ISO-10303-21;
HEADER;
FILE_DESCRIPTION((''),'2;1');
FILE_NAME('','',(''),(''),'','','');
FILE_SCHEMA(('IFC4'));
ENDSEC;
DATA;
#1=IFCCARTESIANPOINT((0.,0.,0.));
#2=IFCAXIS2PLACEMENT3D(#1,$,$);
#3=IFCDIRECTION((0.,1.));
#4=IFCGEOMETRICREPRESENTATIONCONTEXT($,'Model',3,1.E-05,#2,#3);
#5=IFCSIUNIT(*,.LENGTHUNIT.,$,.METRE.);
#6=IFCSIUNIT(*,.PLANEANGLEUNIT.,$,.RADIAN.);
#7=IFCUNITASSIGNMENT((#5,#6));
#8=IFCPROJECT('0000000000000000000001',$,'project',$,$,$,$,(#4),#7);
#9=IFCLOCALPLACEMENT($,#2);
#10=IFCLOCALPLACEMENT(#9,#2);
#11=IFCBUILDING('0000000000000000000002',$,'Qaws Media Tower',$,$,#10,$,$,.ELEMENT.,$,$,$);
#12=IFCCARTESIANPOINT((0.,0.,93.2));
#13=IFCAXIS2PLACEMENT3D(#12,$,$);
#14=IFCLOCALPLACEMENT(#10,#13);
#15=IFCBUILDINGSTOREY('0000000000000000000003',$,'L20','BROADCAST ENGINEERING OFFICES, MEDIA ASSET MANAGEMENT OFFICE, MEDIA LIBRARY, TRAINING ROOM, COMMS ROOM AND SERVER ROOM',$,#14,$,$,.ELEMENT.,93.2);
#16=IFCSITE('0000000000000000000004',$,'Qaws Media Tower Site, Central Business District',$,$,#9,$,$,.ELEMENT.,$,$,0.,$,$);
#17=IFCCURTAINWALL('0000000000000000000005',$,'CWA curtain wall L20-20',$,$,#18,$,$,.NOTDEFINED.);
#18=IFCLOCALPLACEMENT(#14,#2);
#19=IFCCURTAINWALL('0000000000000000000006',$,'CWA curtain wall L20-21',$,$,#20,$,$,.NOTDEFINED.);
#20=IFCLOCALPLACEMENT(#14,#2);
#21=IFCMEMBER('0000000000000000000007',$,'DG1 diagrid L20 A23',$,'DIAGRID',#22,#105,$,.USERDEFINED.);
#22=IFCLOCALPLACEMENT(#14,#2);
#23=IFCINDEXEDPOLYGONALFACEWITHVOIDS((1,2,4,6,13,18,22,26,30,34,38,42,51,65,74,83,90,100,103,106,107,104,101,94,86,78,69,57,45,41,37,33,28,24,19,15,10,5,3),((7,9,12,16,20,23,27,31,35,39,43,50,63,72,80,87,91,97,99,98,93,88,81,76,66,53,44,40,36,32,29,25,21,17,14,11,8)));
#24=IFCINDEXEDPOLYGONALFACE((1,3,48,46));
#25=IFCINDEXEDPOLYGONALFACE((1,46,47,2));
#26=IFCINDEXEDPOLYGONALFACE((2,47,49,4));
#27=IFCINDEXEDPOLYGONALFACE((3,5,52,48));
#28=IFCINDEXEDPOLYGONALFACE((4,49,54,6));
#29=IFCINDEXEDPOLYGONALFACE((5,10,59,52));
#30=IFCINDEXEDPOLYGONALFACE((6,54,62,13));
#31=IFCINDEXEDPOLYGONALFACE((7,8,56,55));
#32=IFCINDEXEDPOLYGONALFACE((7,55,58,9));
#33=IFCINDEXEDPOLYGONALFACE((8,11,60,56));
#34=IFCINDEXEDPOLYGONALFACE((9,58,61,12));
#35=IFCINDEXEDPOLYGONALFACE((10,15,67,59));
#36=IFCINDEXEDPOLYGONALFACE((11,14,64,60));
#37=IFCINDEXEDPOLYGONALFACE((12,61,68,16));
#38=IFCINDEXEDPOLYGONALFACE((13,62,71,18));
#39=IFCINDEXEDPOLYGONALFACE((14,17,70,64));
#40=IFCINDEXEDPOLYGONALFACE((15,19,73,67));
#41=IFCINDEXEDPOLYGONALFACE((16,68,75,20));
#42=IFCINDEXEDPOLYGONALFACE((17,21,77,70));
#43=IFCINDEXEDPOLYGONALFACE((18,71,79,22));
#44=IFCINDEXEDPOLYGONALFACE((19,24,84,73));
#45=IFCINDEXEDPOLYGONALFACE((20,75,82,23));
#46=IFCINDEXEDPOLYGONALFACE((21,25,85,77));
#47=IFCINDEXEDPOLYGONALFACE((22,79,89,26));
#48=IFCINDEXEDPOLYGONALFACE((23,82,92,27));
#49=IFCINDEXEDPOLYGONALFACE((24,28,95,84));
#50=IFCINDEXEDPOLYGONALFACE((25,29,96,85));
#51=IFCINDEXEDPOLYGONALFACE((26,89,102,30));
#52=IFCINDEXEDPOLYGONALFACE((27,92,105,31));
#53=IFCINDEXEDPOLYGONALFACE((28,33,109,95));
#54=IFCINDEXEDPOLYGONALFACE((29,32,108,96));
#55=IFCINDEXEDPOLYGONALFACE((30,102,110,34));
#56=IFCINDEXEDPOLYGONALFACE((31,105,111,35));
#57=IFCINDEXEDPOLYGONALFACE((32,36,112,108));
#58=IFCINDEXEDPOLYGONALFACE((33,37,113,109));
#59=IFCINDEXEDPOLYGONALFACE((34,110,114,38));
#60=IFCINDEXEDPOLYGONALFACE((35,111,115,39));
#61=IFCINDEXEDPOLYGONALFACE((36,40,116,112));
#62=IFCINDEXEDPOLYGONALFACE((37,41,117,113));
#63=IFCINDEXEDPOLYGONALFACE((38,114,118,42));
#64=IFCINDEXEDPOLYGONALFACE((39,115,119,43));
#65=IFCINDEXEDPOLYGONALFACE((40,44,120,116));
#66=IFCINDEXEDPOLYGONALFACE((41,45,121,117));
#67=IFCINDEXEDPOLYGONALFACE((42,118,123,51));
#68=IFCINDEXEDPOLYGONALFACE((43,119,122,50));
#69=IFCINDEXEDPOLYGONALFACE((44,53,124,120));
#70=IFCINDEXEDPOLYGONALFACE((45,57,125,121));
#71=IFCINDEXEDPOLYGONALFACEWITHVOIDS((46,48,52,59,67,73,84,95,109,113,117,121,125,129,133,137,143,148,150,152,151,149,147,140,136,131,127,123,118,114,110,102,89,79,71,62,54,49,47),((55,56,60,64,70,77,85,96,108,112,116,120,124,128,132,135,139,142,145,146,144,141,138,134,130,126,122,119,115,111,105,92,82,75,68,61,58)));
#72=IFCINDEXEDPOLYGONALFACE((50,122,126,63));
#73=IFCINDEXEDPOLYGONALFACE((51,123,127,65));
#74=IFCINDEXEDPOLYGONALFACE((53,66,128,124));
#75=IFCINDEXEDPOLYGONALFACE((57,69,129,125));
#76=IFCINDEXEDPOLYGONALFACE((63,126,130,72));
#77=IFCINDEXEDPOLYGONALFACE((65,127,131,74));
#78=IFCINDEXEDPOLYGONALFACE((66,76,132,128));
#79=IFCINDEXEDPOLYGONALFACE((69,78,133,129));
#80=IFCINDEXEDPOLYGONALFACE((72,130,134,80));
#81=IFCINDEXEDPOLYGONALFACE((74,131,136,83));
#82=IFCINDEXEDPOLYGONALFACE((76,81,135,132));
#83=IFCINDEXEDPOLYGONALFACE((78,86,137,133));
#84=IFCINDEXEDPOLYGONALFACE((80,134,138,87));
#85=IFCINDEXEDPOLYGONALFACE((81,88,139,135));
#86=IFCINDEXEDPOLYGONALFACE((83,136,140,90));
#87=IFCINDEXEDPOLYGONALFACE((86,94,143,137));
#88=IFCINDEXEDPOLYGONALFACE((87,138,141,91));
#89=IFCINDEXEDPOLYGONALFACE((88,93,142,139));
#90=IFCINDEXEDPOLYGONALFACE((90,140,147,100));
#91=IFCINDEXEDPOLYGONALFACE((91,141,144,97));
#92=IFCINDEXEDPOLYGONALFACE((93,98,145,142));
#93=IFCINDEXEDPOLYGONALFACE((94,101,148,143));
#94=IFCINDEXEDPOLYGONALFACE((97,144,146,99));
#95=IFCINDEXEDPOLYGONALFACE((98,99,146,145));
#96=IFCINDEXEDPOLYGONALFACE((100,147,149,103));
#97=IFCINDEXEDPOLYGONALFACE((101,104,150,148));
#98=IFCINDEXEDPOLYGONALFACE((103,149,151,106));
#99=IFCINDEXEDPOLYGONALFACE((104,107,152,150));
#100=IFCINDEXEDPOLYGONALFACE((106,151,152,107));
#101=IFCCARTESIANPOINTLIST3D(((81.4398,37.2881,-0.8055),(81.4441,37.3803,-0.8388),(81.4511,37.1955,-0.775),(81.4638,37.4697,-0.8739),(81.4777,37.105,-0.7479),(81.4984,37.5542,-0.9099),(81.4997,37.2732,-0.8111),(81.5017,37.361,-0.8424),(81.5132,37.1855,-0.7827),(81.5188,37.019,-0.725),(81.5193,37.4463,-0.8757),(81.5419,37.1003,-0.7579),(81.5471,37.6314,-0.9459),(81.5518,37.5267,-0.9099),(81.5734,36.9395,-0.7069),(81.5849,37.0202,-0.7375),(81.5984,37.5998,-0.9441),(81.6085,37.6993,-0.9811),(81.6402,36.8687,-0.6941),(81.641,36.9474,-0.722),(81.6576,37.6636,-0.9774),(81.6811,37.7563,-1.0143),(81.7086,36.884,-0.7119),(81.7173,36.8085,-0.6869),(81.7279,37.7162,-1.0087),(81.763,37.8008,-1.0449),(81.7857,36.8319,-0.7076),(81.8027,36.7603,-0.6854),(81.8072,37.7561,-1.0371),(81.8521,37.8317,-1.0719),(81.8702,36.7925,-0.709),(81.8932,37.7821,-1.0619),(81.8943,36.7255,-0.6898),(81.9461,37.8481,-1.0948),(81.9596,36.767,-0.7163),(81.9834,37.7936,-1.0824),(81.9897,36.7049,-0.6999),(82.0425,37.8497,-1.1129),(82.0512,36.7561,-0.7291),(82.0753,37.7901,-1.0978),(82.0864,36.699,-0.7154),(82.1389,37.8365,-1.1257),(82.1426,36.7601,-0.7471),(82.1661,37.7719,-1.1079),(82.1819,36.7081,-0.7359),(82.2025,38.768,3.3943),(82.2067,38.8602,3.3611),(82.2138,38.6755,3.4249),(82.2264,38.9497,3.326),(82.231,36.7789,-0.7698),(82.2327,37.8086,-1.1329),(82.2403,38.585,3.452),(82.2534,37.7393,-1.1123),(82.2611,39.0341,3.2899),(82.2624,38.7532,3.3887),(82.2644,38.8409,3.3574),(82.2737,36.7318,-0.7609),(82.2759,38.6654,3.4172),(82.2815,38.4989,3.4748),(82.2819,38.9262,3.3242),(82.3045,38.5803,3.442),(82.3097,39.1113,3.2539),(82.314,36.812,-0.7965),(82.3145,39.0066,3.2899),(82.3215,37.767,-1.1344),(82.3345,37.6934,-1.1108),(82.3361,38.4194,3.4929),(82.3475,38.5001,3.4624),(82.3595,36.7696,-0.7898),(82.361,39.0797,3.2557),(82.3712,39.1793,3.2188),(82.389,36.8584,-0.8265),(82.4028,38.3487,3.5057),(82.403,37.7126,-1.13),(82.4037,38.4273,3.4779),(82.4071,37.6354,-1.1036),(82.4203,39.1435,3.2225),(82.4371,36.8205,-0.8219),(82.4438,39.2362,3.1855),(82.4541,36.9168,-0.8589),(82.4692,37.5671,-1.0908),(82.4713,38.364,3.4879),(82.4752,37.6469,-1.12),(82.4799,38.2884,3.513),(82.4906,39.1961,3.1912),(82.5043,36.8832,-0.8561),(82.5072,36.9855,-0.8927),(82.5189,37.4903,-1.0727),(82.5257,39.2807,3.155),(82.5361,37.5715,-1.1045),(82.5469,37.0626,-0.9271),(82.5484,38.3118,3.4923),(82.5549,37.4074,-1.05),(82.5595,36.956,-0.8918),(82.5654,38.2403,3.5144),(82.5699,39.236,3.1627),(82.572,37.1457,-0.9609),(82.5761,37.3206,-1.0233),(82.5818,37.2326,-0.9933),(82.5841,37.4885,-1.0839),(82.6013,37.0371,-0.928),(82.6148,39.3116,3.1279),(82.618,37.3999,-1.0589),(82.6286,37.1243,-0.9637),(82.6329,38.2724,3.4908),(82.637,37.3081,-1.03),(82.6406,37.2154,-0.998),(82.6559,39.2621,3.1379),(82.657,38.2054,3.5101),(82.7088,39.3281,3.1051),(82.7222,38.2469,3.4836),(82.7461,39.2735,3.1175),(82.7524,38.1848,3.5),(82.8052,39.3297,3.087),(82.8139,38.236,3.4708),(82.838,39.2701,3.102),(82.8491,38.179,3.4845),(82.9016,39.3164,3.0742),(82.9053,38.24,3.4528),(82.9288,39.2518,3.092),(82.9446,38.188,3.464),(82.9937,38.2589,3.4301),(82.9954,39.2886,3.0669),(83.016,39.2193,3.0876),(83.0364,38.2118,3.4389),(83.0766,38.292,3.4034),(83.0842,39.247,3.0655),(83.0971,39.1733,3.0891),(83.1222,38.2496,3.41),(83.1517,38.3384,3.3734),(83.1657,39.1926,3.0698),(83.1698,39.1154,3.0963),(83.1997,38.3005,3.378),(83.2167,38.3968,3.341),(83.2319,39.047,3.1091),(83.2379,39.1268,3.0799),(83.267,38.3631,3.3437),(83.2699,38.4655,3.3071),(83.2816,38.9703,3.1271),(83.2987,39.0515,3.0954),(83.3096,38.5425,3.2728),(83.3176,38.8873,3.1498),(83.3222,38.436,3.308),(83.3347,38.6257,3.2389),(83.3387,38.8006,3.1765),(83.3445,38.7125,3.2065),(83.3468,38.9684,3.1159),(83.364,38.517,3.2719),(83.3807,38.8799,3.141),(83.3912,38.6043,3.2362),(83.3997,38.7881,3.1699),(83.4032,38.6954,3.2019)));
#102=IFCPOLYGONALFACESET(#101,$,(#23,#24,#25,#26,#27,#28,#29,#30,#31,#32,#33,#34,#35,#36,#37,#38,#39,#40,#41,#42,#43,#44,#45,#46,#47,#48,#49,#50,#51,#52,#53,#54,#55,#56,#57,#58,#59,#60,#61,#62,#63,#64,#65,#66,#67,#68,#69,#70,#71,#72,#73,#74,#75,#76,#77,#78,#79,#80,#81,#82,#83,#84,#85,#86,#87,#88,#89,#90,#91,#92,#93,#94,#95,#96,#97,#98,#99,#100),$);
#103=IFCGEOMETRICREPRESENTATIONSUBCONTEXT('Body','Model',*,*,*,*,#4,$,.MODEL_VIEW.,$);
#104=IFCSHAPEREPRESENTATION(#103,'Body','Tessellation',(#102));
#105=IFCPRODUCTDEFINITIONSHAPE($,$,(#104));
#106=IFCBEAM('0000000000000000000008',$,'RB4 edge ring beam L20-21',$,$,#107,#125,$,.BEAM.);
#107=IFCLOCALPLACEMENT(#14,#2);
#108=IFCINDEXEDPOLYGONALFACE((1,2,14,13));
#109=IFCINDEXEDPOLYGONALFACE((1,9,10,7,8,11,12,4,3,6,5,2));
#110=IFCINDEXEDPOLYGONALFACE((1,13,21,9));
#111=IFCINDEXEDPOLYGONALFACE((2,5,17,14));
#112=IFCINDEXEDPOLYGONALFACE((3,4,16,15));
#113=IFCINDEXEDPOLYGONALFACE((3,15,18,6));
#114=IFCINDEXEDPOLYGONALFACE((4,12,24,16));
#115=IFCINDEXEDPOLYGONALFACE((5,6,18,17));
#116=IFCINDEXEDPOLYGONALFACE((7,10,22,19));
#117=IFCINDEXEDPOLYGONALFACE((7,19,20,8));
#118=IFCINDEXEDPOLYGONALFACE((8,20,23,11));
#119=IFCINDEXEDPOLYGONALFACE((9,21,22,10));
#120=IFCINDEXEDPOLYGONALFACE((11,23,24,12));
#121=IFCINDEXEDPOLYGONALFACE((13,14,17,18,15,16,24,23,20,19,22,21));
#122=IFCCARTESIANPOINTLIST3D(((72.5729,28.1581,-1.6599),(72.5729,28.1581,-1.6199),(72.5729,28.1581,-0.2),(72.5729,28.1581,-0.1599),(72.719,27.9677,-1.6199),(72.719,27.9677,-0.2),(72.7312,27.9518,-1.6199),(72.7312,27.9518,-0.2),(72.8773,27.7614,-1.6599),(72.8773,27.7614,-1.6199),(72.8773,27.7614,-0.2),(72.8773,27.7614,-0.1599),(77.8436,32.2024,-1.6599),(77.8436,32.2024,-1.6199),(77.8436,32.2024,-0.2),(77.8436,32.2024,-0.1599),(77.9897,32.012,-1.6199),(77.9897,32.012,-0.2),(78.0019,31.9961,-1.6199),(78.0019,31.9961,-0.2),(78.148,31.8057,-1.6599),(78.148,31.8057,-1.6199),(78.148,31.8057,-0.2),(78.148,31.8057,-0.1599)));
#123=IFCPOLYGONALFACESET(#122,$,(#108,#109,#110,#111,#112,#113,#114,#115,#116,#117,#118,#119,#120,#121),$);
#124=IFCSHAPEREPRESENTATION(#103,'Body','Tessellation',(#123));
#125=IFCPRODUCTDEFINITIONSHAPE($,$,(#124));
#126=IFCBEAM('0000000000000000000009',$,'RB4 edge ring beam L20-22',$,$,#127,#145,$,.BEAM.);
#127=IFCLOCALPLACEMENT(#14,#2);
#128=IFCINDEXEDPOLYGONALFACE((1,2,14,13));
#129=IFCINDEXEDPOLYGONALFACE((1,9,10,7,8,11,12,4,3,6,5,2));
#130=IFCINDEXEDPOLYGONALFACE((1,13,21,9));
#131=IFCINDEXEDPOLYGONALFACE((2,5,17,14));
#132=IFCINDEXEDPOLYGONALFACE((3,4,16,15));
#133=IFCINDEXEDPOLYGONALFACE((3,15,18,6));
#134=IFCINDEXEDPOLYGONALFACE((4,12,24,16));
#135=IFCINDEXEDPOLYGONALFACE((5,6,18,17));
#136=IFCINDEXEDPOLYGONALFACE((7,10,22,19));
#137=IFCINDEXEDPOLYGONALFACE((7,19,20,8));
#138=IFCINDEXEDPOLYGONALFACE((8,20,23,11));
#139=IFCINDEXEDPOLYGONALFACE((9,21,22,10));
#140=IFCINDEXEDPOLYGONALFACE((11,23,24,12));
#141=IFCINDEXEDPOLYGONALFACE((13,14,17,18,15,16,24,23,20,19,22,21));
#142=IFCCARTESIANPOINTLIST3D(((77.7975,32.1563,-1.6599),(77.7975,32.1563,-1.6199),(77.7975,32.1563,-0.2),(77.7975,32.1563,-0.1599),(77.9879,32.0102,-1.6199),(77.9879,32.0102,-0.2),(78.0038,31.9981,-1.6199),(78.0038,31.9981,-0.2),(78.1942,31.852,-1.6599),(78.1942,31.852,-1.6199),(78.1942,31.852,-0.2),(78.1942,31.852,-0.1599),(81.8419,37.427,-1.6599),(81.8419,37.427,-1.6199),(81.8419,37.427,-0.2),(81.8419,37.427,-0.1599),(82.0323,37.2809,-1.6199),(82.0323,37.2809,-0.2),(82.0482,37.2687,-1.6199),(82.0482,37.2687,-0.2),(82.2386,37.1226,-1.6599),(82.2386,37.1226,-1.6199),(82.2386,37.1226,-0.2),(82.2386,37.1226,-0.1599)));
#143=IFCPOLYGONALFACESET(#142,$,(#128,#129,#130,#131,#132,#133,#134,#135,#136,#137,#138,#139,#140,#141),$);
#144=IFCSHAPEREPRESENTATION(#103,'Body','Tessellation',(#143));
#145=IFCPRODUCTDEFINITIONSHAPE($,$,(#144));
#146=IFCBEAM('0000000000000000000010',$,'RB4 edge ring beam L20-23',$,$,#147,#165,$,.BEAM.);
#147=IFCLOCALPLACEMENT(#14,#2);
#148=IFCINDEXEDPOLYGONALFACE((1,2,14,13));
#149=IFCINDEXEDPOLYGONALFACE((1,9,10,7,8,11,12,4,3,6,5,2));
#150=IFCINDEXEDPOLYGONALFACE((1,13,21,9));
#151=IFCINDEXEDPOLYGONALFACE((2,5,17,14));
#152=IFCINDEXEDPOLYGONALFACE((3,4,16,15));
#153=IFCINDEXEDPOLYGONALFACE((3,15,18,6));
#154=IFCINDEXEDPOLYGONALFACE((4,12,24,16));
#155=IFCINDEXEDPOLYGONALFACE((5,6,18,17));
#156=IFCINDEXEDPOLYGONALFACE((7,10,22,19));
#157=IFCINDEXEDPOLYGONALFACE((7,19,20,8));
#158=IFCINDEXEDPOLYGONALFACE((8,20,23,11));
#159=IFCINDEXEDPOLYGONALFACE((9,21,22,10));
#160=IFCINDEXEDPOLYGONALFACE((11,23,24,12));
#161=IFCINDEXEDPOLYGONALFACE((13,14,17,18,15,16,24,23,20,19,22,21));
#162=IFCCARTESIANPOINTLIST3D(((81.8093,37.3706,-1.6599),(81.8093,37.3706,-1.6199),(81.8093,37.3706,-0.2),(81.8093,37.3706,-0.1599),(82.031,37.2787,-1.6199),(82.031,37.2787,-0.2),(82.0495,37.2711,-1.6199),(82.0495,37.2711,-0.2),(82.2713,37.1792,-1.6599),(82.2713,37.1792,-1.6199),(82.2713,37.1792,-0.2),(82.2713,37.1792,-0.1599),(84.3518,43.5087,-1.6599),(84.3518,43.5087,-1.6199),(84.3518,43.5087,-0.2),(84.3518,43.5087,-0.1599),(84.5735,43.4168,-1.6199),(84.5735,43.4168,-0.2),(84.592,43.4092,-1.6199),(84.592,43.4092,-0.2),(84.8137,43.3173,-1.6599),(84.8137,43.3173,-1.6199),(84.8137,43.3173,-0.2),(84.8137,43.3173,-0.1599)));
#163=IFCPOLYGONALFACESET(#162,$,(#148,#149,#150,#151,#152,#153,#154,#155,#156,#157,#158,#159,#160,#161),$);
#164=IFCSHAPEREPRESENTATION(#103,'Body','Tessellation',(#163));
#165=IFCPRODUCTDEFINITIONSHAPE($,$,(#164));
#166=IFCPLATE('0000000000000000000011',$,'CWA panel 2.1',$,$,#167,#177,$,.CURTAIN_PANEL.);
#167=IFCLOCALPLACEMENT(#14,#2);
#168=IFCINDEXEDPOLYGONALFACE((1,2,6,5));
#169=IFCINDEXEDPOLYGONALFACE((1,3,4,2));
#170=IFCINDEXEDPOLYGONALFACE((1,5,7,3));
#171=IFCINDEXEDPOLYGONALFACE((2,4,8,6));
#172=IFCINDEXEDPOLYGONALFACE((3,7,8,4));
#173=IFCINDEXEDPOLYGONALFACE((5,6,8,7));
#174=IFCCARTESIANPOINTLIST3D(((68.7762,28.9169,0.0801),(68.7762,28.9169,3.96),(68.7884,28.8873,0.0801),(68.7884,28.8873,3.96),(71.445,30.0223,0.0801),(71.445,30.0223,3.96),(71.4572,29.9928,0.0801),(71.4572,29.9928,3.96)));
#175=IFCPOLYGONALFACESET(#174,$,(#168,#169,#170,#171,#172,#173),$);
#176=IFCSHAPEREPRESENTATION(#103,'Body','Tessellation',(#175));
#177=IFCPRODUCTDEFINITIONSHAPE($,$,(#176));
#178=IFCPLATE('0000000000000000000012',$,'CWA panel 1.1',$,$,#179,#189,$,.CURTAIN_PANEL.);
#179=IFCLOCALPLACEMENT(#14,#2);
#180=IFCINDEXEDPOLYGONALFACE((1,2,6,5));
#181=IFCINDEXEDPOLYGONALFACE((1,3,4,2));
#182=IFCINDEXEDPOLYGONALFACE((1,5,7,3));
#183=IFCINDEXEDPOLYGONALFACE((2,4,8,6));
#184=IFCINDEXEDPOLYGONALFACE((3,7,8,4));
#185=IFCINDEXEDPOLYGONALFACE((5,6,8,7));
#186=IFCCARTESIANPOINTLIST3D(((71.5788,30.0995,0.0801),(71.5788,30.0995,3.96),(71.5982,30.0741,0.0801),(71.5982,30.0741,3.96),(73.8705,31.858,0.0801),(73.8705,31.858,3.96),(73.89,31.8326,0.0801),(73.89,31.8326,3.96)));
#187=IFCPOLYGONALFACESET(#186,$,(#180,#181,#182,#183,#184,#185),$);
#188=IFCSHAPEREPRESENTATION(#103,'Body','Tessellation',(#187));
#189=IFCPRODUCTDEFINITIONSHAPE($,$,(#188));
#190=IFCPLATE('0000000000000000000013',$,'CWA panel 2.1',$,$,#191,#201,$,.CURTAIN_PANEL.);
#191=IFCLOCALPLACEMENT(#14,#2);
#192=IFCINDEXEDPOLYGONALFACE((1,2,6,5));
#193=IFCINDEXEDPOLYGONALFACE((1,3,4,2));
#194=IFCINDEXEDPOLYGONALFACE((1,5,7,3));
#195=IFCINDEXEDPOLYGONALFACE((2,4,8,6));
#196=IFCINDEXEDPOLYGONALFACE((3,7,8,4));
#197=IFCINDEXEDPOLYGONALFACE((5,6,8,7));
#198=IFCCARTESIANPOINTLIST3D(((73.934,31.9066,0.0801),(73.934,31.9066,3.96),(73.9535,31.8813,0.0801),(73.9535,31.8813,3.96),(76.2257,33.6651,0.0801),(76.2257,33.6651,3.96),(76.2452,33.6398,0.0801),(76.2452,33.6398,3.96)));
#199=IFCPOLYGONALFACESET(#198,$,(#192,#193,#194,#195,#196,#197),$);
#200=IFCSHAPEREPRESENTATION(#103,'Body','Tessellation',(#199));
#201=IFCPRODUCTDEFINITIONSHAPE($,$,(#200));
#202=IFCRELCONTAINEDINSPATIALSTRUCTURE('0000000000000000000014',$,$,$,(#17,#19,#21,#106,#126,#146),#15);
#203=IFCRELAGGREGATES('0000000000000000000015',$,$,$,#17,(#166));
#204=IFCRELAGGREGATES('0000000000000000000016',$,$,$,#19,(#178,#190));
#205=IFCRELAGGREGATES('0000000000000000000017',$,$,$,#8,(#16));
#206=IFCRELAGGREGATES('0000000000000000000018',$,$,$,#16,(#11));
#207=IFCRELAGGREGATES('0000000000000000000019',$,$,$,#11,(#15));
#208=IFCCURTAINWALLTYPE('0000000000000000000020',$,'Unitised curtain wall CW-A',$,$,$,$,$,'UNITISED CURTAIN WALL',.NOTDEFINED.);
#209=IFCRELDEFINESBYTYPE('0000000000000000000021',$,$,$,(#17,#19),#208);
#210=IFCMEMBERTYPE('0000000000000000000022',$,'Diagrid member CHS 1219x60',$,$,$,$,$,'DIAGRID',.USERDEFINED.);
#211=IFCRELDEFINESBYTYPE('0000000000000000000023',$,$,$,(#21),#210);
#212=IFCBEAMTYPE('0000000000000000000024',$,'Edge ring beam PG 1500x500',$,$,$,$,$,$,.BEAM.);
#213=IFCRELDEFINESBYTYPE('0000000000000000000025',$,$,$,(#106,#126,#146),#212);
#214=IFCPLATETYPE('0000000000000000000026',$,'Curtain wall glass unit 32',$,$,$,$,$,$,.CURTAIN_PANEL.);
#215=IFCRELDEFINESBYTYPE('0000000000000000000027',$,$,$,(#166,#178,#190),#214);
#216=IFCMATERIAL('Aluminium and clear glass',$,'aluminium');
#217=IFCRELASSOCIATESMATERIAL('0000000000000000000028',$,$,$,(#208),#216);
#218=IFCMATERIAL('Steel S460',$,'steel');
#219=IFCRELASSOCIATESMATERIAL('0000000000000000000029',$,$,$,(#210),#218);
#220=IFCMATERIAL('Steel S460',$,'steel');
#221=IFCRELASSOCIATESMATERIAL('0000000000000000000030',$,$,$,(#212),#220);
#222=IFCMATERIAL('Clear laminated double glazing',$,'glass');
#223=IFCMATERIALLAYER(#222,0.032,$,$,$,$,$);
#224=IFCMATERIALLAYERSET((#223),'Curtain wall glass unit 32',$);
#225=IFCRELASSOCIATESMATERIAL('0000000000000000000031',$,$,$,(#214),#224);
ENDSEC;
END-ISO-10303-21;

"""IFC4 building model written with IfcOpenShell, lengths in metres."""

from ifc_helpers import new_model, si_unit, direction, frame, origin, origin_2d, place, context, subcontext, project, spatial, rectangle, hollow_circle, i_section, extrude, material, layer, layer_set, material_profile, profile_set, type_object, element, aggregate, save


model = new_model("IFC4")

# Units and contexts
model_context = context("Model", 3, precision=1e-05, world=origin(), true_north=direction((0.0, 1.0)))
body_context = subcontext(model_context, "Body", "Model", "MODEL_VIEW")
ifc_project = project(units=[si_unit("LENGTHUNIT", "METRE"), si_unit("PLANEANGLEUNIT", "RADIAN")], contexts=[model_context])

# Site, building, storey
site_placement = place(None, origin())
site = spatial("IfcSite", under=ifc_project, at=site_placement, Name="Qaws Media Tower Site, Central Business District", CompositionType="ELEMENT", RefElevation=0.0)
building_placement = place(site_placement, origin())
building = spatial("IfcBuilding", under=site, at=building_placement, Name="Qaws Media Tower", CompositionType="ELEMENT")
storey_placement = place(building_placement, frame((0.0, 0.0, 93.2)))
storey = spatial("IfcBuildingStorey", under=building, at=storey_placement, Name="L20", Description="BROADCAST ENGINEERING OFFICES, MEDIA ASSET MANAGEMENT OFFICE, MEDIA LIBRARY, TRAINING ROOM, COMMS ROOM AND SERVER ROOM", CompositionType="ELEMENT", Elevation=93.2)

# Curtain wall
ifc_material_1 = material(Name="Aluminium and clear glass", Category="aluminium")
curtain_wall_type = type_object("IfcCurtainWallType", Name="Unitised curtain wall CW-A", ElementType="UNITISED CURTAIN WALL", PredefinedType="NOTDEFINED", material=ifc_material_1)
curtain_wall_1_placement = place(storey_placement, origin())
curtain_wall_1 = element("IfcCurtainWall", 1, at=curtain_wall_1_placement, inside=storey, type_object=curtain_wall_type, Name="CWA curtain wall L20-20", PredefinedType="NOTDEFINED")

# Curtain wall
curtain_wall_2_placement = place(storey_placement, origin())
curtain_wall_2 = element("IfcCurtainWall", 2, at=curtain_wall_2_placement, inside=storey, type_object=curtain_wall_type, Name="CWA curtain wall L20-21", PredefinedType="NOTDEFINED")

# Member
ifc_material_2 = material(Name="Steel S460", Category="steel")
ifc_material_profile_1 = material_profile(ifc_material_2, hollow_circle(Radius=0.6096, WallThickness=0.0601, at=origin_2d()), Name="CHS 1219x60")
ifc_profile_set_1 = profile_set([ifc_material_profile_1], Name="Steel S460")
member_type_1 = type_object("IfcMemberType", Name="Diagrid member CHS 1219x60", ElementType="DIAGRID", PredefinedType="USERDEFINED", material=ifc_profile_set_1)
for number, where, z_axis, x_axis, name in (
    (3, (82.0403, 37.2749, -0.9099), (0.168815, 0.32758, 0.92962), (-0.888906, 0.45809, 0.0), "DG1 diagrid L20 A23"),
):
    element("IfcMember", number, at=place(storey_placement, frame(where, z_axis=z_axis, x_axis=x_axis)), inside=storey, type_object=member_type_1, Name=name, ObjectType="DIAGRID", PredefinedType="USERDEFINED", context=body_context, shape_type="SweptSolid", body=[
        extrude(hollow_circle(Radius=0.6096, WallThickness=0.0601, at=origin_2d()), origin(), (0.0, 0.0, 1.0), 4.5178),
    ])

# Beams
ifc_material_3 = material(Name="Steel S460", Category="steel")
ifc_material_profile_2 = material_profile(ifc_material_3, i_section(OverallWidth=0.5, OverallDepth=1.5, WebThickness=0.02, FlangeThickness=0.04, at=origin_2d()), Name="PG 1500x500")
ifc_profile_set_2 = profile_set([ifc_material_profile_2], Name="Steel S460")
beam_type = type_object("IfcBeamType", Name="Edge ring beam PG 1500x500", PredefinedType="BEAM", material=ifc_profile_set_2)
for number, where, z_axis, x_axis, name in (
    (4, (72.7251, 27.9597, -0.9099), (0.79335, 0.608766, 0.0), (-0.608766, 0.79335, 0.0), "RB4 edge ring beam L20-21"),
    (5, (77.9958, 32.0042, -0.9099), (0.608766, 0.79335, 0.0), (-0.79335, 0.608766, 0.0), "RB4 edge ring beam L20-22"),
):
    element("IfcBeam", number, at=place(storey_placement, frame(where, z_axis=z_axis, x_axis=x_axis)), inside=storey, type_object=beam_type, Name=name, PredefinedType="BEAM", context=body_context, shape_type="SweptSolid", body=[
        extrude(i_section(OverallWidth=0.5, OverallDepth=1.5, WebThickness=0.02, FlangeThickness=0.04, at=origin_2d()), origin(), (0.0, 0.0, 1.0), 6.6436),
    ])
beam_placement = place(storey_placement, frame((82.0403, 37.2749, -0.9099), z_axis=(0.382678, 0.923882, 0.0), x_axis=(-0.923882, 0.382678, 0.0)))
element("IfcBeam", 6, at=beam_placement, inside=storey, type_object=beam_type, Name="RB4 edge ring beam L20-23", PredefinedType="BEAM", context=body_context, shape_type="SweptSolid", body=[
    extrude(i_section(OverallWidth=0.5, OverallDepth=1.5, WebThickness=0.02, FlangeThickness=0.04, at=origin_2d()), origin(), (0.0, 0.0, 1.0), 6.6438),
])

# Plates
ifc_material_4 = material(Name="Clear laminated double glazing", Category="glass")
ifc_layer_1 = layer(ifc_material_4, 0.032)
ifc_layer_set_1 = layer_set([ifc_layer_1], Name="Curtain wall glass unit 32")
plate_type_1 = type_object("IfcPlateType", Name="Curtain wall glass unit 32", PredefinedType="CURTAIN_PANEL", material=ifc_layer_set_1)
plate_1_placement = place(storey_placement, frame((70.1167, 29.4548, 0.0801), z_axis=(0.0, 0.0, 1.0), x_axis=(0.92388, 0.382683, 0.0)))
plate_1 = element("IfcPlate", 7, at=plate_1_placement, type_object=plate_type_1, Name="CWA panel 2.1", PredefinedType="CURTAIN_PANEL", context=body_context, shape_type="SweptSolid", body=[
    extrude(rectangle(XDim=2.8887, YDim=0.032, at=origin_2d()), origin(), (0.0, 0.0, 1.0), 3.8799),
])
aggregate(curtain_wall_1, [plate_1])
plate_2_placement = place(storey_placement, frame((72.7344, 30.9661, 0.0801), z_axis=(0.0, 0.0, 1.0), x_axis=(0.793353, 0.608762, 0.0)))
plate_2 = element("IfcPlate", 8, at=plate_2_placement, type_object=plate_type_1, Name="CWA panel 1.1", PredefinedType="CURTAIN_PANEL", context=body_context, shape_type="SweptSolid", body=[
    extrude(rectangle(XDim=2.8887, YDim=0.032, at=origin_2d()), origin(), (0.0, 0.0, 1.0), 3.8799),
])
plate_3_placement = place(storey_placement, frame((75.0896, 32.7732, 0.0801), z_axis=(0.0, 0.0, 1.0), x_axis=(0.793353, 0.608762, 0.0)))
plate_3 = element("IfcPlate", 9, at=plate_3_placement, type_object=plate_type_1, Name="CWA panel 2.1", PredefinedType="CURTAIN_PANEL", context=body_context, shape_type="SweptSolid", body=[
    extrude(rectangle(XDim=2.8887, YDim=0.032, at=origin_2d()), origin(), (0.0, 0.0, 1.0), 3.8799),
])
aggregate(curtain_wall_2, [plate_2, plate_3])

save(model, "model.ifc")
